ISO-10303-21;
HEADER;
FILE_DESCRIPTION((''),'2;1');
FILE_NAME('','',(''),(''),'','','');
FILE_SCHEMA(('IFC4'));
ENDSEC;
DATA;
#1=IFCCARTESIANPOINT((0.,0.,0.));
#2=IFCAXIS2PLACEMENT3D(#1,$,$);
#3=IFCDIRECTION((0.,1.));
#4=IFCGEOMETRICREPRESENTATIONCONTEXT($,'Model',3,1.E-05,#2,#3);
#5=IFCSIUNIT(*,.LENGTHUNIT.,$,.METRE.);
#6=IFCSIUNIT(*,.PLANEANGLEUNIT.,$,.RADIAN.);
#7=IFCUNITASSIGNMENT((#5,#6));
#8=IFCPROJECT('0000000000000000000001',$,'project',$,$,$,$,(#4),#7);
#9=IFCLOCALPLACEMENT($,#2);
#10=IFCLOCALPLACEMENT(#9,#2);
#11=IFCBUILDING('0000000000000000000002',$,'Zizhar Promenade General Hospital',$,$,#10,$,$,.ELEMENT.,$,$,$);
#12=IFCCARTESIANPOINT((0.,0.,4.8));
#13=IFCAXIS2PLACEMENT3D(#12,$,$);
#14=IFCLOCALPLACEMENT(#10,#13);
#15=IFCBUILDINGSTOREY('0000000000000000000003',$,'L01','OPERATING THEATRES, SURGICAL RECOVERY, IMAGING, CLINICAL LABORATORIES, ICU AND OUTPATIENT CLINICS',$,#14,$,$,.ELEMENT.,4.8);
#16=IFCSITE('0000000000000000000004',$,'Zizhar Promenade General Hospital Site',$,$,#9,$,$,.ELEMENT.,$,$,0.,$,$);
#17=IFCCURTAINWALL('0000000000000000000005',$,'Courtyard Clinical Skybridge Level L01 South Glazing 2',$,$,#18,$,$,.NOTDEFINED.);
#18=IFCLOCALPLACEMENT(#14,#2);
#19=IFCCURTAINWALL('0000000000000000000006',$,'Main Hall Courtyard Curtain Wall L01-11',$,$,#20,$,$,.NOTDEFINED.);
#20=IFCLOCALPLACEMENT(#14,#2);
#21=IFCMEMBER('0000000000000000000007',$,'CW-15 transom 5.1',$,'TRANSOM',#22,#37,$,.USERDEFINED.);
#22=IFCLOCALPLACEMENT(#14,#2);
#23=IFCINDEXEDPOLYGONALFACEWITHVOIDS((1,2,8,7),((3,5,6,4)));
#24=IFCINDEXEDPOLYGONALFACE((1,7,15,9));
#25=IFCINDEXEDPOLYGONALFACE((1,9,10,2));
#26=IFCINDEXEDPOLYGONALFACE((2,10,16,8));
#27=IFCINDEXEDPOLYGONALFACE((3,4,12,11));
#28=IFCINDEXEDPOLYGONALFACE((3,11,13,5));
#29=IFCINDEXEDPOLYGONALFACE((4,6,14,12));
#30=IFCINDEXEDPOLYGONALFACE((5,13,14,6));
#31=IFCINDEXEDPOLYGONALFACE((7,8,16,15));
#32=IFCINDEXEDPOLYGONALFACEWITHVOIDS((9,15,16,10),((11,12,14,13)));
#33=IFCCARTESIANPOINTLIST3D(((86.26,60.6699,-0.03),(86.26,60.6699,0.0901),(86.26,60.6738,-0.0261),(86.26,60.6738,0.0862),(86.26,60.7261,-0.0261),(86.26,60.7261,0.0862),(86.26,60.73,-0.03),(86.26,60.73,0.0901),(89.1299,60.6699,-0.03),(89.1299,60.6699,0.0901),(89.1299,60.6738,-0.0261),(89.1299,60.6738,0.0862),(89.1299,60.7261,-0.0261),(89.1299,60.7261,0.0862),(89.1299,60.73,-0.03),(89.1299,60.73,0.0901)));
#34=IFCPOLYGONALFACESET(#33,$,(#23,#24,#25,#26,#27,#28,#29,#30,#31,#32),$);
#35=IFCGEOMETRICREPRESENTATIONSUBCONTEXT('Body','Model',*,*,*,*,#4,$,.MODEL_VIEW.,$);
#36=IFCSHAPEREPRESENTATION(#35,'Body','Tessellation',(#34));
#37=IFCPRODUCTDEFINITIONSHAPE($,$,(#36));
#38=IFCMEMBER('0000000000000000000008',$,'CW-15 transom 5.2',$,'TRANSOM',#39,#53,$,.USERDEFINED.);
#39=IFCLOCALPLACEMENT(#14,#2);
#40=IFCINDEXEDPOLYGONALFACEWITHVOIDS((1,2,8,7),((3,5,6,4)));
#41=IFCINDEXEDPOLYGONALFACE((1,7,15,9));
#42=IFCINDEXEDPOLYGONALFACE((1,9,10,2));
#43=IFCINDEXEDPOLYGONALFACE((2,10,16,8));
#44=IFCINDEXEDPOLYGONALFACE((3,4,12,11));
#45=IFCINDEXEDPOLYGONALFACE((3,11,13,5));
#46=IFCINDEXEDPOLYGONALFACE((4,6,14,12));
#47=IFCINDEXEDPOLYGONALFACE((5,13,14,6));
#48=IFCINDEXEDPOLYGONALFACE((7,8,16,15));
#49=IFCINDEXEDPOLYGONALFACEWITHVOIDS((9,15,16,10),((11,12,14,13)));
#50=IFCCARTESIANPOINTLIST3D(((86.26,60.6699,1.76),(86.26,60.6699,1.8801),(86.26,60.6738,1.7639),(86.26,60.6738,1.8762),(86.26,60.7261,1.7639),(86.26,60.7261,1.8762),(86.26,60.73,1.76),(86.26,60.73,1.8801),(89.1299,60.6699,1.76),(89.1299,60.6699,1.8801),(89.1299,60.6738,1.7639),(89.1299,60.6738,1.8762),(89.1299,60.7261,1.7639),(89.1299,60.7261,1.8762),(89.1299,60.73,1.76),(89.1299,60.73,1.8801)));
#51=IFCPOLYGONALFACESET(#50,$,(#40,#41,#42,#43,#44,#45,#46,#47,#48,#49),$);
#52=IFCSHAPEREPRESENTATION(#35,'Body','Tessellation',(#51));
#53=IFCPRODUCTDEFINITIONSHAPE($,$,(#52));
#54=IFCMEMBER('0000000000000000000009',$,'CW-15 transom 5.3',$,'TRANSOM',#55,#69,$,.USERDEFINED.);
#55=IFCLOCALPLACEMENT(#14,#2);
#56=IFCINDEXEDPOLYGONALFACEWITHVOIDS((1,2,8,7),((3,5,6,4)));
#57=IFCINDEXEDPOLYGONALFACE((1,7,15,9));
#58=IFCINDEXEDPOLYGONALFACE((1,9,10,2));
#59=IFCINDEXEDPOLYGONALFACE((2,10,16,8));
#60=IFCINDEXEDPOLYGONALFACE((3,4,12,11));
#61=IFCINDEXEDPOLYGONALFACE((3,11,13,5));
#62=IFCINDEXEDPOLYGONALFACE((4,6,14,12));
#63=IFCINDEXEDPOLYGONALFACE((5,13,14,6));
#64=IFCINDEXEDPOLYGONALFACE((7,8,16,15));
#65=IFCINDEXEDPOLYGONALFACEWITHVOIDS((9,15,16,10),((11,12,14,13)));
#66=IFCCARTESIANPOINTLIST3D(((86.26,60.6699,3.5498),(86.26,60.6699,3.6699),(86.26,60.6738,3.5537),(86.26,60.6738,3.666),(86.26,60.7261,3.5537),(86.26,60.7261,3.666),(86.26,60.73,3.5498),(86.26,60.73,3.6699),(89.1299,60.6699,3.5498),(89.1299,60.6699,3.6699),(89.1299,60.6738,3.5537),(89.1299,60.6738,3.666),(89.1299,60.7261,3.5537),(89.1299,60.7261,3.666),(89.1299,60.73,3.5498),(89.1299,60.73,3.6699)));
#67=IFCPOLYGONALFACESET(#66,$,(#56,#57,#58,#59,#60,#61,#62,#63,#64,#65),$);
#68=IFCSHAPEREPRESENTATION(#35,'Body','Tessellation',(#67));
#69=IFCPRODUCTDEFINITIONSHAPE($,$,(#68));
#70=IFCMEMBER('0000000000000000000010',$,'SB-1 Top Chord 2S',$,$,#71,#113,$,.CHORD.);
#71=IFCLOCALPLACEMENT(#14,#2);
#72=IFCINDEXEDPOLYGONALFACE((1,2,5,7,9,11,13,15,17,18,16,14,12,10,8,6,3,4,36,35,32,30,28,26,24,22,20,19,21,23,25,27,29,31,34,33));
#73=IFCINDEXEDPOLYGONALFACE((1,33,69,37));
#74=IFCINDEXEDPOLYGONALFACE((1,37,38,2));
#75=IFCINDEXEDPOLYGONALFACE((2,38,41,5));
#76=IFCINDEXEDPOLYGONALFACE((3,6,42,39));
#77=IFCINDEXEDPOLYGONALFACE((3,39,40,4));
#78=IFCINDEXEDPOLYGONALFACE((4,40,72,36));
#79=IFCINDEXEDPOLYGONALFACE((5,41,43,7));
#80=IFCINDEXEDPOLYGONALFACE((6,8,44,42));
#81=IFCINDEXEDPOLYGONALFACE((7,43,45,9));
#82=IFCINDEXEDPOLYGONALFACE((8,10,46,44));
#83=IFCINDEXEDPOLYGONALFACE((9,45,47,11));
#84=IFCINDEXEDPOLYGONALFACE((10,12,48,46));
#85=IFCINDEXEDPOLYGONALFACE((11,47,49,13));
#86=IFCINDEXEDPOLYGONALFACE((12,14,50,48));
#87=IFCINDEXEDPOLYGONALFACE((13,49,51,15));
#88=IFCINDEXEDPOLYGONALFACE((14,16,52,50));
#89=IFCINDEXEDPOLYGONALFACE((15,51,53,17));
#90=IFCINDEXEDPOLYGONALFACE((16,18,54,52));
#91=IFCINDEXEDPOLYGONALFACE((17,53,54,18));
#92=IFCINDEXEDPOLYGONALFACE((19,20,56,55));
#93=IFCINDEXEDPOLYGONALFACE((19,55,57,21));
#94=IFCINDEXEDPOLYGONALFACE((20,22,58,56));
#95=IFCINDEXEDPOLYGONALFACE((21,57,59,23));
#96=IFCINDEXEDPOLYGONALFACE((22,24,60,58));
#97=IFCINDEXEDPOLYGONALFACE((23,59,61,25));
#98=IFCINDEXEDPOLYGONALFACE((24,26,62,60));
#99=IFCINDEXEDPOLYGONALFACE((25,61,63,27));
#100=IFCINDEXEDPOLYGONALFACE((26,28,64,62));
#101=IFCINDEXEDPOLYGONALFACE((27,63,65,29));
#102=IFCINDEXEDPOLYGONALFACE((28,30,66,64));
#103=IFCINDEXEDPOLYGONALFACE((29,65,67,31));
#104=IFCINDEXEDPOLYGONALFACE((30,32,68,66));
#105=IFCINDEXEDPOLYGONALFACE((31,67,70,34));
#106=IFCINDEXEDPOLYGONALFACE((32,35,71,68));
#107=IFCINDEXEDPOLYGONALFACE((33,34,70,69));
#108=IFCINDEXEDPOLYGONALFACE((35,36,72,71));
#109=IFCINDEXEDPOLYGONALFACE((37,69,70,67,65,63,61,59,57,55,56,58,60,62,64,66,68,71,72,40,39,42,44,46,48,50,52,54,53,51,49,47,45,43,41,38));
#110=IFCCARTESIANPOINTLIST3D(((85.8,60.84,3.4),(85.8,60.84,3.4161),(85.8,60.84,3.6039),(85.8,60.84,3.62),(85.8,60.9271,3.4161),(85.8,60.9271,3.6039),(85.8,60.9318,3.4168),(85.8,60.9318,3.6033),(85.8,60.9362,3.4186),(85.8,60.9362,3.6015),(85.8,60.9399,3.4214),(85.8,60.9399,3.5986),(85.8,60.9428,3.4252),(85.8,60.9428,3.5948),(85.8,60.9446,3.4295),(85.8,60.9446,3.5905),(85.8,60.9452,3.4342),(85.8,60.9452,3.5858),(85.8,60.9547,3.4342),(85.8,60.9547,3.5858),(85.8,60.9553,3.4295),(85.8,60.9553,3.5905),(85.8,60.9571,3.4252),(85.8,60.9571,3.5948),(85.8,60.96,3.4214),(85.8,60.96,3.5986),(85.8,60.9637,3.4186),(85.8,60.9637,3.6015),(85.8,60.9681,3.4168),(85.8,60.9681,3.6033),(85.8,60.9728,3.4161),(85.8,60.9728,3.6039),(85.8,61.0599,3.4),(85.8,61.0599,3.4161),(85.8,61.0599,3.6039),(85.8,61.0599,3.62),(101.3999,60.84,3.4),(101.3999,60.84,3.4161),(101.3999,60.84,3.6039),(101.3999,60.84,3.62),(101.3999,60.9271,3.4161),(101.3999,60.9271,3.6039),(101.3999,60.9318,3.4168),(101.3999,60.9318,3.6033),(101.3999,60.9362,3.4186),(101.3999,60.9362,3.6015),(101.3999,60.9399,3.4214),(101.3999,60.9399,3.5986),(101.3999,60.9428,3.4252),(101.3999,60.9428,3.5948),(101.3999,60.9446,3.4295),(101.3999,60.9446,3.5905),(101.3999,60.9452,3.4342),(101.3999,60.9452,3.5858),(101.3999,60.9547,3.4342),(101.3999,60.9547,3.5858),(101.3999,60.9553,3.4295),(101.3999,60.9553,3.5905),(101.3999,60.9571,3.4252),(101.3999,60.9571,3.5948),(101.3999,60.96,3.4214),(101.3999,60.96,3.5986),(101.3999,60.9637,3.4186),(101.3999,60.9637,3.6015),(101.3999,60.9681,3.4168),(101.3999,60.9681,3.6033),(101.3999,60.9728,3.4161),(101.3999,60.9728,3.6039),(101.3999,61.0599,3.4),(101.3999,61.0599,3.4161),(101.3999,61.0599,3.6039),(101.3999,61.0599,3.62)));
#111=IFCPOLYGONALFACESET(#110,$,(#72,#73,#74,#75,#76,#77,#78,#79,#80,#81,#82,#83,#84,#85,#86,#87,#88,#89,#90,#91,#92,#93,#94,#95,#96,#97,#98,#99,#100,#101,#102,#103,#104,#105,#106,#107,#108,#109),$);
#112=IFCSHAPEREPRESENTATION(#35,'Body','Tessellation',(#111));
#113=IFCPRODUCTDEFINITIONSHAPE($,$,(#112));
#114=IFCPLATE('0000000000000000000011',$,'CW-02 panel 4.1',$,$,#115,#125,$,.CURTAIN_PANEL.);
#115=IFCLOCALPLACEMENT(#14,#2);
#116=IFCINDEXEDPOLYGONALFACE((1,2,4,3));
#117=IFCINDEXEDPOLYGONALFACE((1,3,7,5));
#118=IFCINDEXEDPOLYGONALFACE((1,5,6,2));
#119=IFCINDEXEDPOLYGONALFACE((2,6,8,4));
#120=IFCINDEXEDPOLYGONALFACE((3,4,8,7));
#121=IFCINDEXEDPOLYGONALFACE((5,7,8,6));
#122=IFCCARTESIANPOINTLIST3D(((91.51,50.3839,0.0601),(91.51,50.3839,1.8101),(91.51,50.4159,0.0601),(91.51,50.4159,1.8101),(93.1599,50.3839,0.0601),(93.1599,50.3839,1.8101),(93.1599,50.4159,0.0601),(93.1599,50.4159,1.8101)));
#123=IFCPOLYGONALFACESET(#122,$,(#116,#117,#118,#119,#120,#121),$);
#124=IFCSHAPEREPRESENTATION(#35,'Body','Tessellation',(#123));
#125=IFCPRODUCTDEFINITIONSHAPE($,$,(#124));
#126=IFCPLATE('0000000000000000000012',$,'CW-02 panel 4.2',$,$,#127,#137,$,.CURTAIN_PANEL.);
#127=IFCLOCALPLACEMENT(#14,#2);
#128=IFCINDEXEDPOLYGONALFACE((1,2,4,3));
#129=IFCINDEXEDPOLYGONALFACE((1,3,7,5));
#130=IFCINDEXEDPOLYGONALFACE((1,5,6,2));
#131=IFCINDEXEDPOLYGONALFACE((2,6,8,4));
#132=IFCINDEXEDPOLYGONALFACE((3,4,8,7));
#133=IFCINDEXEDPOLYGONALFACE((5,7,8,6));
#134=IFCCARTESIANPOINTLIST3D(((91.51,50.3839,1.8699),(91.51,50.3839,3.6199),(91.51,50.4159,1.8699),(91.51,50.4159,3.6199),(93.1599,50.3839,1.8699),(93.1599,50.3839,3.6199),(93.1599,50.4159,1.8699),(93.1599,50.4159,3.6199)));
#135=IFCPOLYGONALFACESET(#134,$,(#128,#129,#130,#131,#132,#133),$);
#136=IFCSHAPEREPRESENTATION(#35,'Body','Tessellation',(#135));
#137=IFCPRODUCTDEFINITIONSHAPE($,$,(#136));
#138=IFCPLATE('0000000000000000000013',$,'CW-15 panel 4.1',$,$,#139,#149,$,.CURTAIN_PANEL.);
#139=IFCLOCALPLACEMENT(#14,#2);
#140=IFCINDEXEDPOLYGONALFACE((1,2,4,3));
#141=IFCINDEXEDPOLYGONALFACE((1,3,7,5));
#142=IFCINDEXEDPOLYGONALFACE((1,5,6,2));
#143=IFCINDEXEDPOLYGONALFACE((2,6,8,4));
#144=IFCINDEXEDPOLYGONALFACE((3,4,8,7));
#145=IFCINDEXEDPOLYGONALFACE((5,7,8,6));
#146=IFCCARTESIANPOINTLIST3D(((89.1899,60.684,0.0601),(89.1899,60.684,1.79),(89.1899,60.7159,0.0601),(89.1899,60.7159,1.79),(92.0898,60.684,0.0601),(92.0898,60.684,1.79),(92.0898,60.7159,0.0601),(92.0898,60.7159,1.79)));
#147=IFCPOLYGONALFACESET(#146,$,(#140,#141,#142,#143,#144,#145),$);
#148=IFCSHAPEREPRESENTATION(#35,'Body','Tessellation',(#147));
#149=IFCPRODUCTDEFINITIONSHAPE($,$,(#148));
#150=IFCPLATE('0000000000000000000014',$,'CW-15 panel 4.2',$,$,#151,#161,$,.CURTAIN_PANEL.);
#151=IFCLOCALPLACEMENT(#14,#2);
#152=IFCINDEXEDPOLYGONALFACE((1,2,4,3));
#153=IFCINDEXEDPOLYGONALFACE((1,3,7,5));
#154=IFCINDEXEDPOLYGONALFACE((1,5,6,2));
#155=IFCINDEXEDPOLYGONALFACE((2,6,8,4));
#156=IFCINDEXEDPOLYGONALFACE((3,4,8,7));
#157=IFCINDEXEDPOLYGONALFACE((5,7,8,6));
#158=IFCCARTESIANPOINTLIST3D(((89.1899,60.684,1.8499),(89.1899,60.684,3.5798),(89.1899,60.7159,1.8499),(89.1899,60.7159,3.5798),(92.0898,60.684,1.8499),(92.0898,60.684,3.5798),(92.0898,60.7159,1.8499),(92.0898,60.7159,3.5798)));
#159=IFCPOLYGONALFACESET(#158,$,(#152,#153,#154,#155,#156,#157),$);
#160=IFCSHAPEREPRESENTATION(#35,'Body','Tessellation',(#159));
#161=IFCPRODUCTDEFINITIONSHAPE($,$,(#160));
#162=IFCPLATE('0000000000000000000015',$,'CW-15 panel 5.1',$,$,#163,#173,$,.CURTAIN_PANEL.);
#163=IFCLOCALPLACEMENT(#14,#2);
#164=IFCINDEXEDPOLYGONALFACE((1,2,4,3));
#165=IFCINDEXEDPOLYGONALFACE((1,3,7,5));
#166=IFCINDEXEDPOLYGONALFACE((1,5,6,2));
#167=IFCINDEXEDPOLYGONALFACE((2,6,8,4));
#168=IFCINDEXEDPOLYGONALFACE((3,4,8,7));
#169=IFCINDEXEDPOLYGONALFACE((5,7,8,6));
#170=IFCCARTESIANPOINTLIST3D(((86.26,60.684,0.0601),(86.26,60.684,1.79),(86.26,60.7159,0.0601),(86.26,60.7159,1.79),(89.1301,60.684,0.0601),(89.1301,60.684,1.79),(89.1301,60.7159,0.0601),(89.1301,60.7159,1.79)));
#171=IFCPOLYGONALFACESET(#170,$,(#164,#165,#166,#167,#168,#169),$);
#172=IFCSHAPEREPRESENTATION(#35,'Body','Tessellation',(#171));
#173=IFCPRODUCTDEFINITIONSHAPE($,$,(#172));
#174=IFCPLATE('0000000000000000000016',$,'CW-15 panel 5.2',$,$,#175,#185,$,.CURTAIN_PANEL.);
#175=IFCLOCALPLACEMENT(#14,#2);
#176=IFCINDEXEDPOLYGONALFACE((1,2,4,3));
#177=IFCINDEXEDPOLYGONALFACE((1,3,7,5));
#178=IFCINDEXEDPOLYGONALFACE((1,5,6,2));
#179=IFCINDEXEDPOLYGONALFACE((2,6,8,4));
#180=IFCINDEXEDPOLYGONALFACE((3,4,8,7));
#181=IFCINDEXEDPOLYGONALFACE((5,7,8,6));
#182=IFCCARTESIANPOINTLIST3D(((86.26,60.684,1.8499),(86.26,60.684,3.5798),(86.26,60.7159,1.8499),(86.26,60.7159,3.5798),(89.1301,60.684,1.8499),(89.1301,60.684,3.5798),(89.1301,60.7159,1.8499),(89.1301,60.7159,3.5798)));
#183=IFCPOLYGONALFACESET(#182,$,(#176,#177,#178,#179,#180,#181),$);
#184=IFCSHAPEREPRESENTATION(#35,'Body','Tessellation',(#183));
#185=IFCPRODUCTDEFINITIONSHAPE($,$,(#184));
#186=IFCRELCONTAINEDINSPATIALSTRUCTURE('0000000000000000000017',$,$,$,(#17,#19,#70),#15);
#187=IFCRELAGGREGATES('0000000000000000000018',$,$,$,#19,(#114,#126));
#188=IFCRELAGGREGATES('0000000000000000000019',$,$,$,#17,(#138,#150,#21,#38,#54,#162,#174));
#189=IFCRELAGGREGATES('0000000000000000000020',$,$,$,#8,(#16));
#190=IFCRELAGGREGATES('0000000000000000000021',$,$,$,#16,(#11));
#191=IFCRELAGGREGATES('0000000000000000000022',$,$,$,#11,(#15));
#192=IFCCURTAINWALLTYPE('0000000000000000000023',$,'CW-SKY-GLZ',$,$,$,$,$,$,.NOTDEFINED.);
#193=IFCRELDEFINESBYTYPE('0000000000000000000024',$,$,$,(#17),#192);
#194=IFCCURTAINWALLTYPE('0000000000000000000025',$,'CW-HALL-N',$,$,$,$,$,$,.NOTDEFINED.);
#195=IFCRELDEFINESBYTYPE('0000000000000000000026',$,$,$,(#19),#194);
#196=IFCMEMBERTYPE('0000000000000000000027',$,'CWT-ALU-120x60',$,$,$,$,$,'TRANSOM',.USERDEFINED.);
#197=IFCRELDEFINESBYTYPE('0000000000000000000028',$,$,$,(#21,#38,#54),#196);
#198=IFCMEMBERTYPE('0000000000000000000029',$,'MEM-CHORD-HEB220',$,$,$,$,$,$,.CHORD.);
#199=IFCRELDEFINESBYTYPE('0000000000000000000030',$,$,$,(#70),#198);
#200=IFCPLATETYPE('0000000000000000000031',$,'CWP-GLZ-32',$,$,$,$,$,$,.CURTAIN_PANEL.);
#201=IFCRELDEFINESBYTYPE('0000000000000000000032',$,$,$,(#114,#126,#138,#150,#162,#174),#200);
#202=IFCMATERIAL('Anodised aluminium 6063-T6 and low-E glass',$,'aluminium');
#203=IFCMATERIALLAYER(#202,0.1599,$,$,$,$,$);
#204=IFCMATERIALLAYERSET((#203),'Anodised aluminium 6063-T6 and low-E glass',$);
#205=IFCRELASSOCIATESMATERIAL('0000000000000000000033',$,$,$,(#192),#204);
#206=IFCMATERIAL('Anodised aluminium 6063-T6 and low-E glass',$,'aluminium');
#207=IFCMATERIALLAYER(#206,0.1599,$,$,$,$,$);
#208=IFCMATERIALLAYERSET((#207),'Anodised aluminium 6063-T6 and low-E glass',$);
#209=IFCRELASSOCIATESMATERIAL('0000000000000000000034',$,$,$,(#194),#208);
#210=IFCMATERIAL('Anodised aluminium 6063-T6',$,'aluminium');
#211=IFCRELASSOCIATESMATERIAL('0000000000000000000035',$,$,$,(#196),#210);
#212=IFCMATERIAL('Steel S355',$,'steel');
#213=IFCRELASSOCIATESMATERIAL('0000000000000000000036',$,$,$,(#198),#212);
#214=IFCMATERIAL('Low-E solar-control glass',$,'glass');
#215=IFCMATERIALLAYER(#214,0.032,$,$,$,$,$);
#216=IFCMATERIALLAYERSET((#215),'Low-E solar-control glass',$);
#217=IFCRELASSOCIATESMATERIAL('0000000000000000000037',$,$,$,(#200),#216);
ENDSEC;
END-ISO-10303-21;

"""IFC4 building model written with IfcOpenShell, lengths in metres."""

from ifc_helpers import new_model, si_unit, direction, frame, origin, origin_2d, place, context, subcontext, project, spatial, rectangle, hollow_rectangle, i_section, extrude, material, layer, layer_set, material_profile, profile_set, type_object, element, aggregate, save


model = new_model("IFC4")

# Units and contexts
model_context = context("Model", 3, precision=1e-05, world=origin(), true_north=direction((0.0, 1.0)))
body_context = subcontext(model_context, "Body", "Model", "MODEL_VIEW")
ifc_project = project(units=[si_unit("LENGTHUNIT", "METRE"), si_unit("PLANEANGLEUNIT", "RADIAN")], contexts=[model_context])

# Site, building, storey
site_placement = place(None, origin())
site = spatial("IfcSite", under=ifc_project, at=site_placement, Name="Zizhar Promenade General Hospital Site", CompositionType="ELEMENT", RefElevation=0.0)
building_placement = place(site_placement, origin())
building = spatial("IfcBuilding", under=site, at=building_placement, Name="Zizhar Promenade General Hospital", CompositionType="ELEMENT")
storey_placement = place(building_placement, frame((0.0, 0.0, 4.8)))
storey = spatial("IfcBuildingStorey", under=building, at=storey_placement, Name="L01", Description="OPERATING THEATRES, SURGICAL RECOVERY, IMAGING, CLINICAL LABORATORIES, ICU AND OUTPATIENT CLINICS", CompositionType="ELEMENT", Elevation=4.8)

# Shared definitions
ifc_material_1 = material(Name="Anodised aluminium 6063-T6 and low-E glass", Category="aluminium")
ifc_layer_1 = layer(ifc_material_1, 0.1599)
ifc_layer_set_1 = layer_set([ifc_layer_1], Name="Anodised aluminium 6063-T6 and low-E glass")
curtain_wall_type_1 = type_object("IfcCurtainWallType", Name="CW-SKY-GLZ", PredefinedType="NOTDEFINED", material=ifc_layer_set_1)

# Curtain wall
curtain_wall_1_placement = place(storey_placement, origin())
curtain_wall_1 = element("IfcCurtainWall", 1, at=curtain_wall_1_placement, inside=storey, type_object=curtain_wall_type_1, Name="Courtyard Clinical Skybridge Level L01 South Glazing 2", PredefinedType="NOTDEFINED")

# Curtain wall
ifc_material_2 = material(Name="Anodised aluminium 6063-T6 and low-E glass", Category="aluminium")
ifc_layer_2 = layer(ifc_material_2, 0.1599)
ifc_layer_set_2 = layer_set([ifc_layer_2], Name="Anodised aluminium 6063-T6 and low-E glass")
curtain_wall_type_2 = type_object("IfcCurtainWallType", Name="CW-HALL-N", PredefinedType="NOTDEFINED", material=ifc_layer_set_2)
curtain_wall_2_placement = place(storey_placement, origin())
curtain_wall_2 = element("IfcCurtainWall", 2, at=curtain_wall_2_placement, inside=storey, type_object=curtain_wall_type_2, Name="Main Hall Courtyard Curtain Wall L01-11", PredefinedType="NOTDEFINED")

# Members
ifc_material_3 = material(Name="Anodised aluminium 6063-T6", Category="aluminium")
ifc_material_profile_1 = material_profile(ifc_material_3, hollow_rectangle(XDim=0.0601, YDim=0.1201, WallThickness=0.0039, at=origin_2d()))
ifc_profile_set_1 = profile_set([ifc_material_profile_1], Name="Anodised aluminium 6063-T6")
member_type_1 = type_object("IfcMemberType", Name="CWT-ALU-120x60", ElementType="TRANSOM", PredefinedType="USERDEFINED", material=ifc_profile_set_1)
member_1_placement = place(storey_placement, frame((89.1299, 60.7, 0.03), z_axis=(-1.0, 0.0, 0.0), x_axis=(0.0, -1.0, 0.0)))
member_1 = element("IfcMember", 3, at=member_1_placement, type_object=member_type_1, Name="CW-15 transom 5.1", ObjectType="TRANSOM", PredefinedType="USERDEFINED", context=body_context, shape_type="SweptSolid", body=[
    extrude(hollow_rectangle(XDim=0.0601, YDim=0.1201, WallThickness=0.0039, at=origin_2d()), origin(), (0.0, 0.0, 1.0), 2.8699),
])
member_2_placement = place(storey_placement, frame((89.1299, 60.7, 1.8201), z_axis=(-1.0, 0.0, 0.0), x_axis=(0.0, -1.0, 0.0)))
member_2 = element("IfcMember", 4, at=member_2_placement, type_object=member_type_1, Name="CW-15 transom 5.2", ObjectType="TRANSOM", PredefinedType="USERDEFINED", context=body_context, shape_type="SweptSolid", body=[
    extrude(hollow_rectangle(XDim=0.0601, YDim=0.1201, WallThickness=0.0039, at=origin_2d()), origin(), (0.0, 0.0, 1.0), 2.8699),
])
member_3_placement = place(storey_placement, frame((89.1299, 60.7, 3.6099), z_axis=(-1.0, 0.0, 0.0), x_axis=(0.0, -1.0, 0.0)))
member_3 = element("IfcMember", 5, at=member_3_placement, type_object=member_type_1, Name="CW-15 transom 5.3", ObjectType="TRANSOM", PredefinedType="USERDEFINED", context=body_context, shape_type="SweptSolid", body=[
    extrude(hollow_rectangle(XDim=0.0601, YDim=0.1201, WallThickness=0.0039, at=origin_2d()), origin(), (0.0, 0.0, 1.0), 2.8699),
])
ifc_material_4 = material(Name="Steel S355", Category="steel")
ifc_material_profile_2 = material_profile(ifc_material_4, i_section(OverallWidth=0.22, OverallDepth=0.22, WebThickness=0.0095, FlangeThickness=0.0161, FilletRadius=0.0181, at=origin_2d()))
ifc_profile_set_2 = profile_set([ifc_material_profile_2], Name="Steel S355")
member_type_2 = type_object("IfcMemberType", Name="MEM-CHORD-HEB220", PredefinedType="CHORD", material=ifc_profile_set_2)
member_4_placement = place(storey_placement, frame((85.8, 60.95, 3.51), z_axis=(1.0, 0.0, 0.0), x_axis=(0.0, 1.0, 0.0)))
element("IfcMember", 6, at=member_4_placement, inside=storey, type_object=member_type_2, Name="SB-1 Top Chord 2S", PredefinedType="CHORD", context=body_context, shape_type="SweptSolid", body=[
    extrude(i_section(OverallWidth=0.22, OverallDepth=0.22, WebThickness=0.0095, FlangeThickness=0.0161, FilletRadius=0.0181, at=origin_2d()), origin(), (0.0, 0.0, 1.0), 15.5999),
])

# Plates
ifc_material_5 = material(Name="Low-E solar-control glass", Category="glass")
ifc_layer_3 = layer(ifc_material_5, 0.032)
ifc_layer_set_3 = layer_set([ifc_layer_3], Name="Low-E solar-control glass")
plate_type = type_object("IfcPlateType", Name="CWP-GLZ-32", PredefinedType="CURTAIN_PANEL", material=ifc_layer_set_3)
plate_1_placement = place(storey_placement, frame((92.335, 50.3999, 0.0601), z_axis=(0.0, 0.0, 1.0), x_axis=(1.0, 0.0, 0.0)))
plate_1 = element("IfcPlate", 7, at=plate_1_placement, type_object=plate_type, Name="CW-02 panel 4.1", PredefinedType="CURTAIN_PANEL", context=body_context, shape_type="SweptSolid", body=[
    extrude(rectangle(XDim=1.6499, YDim=0.032, at=origin_2d()), origin(), (0.0, 0.0, 1.0), 1.75),
])
plate_2_placement = place(storey_placement, frame((92.335, 50.3999, 1.8699), z_axis=(0.0, 0.0, 1.0), x_axis=(1.0, 0.0, 0.0)))
plate_2 = element("IfcPlate", 8, at=plate_2_placement, type_object=plate_type, Name="CW-02 panel 4.2", PredefinedType="CURTAIN_PANEL", context=body_context, shape_type="SweptSolid", body=[
    extrude(rectangle(XDim=1.6499, YDim=0.032, at=origin_2d()), origin(), (0.0, 0.0, 1.0), 1.75),
])
aggregate(curtain_wall_2, [plate_1, plate_2])
plate_3_placement = place(storey_placement, frame((90.6399, 60.7, 0.0601), z_axis=(0.0, 0.0, 1.0), x_axis=(-1.0, 0.0, 0.0)))
plate_3 = element("IfcPlate", 9, at=plate_3_placement, type_object=plate_type, Name="CW-15 panel 4.1", PredefinedType="CURTAIN_PANEL", context=body_context, shape_type="SweptSolid", body=[
    extrude(rectangle(XDim=2.8999, YDim=0.032, at=origin_2d()), origin(), (0.0, 0.0, 1.0), 1.73),
])
plate_4_placement = place(storey_placement, frame((90.6399, 60.7, 1.8499), z_axis=(0.0, 0.0, 1.0), x_axis=(-1.0, 0.0, 0.0)))
plate_4 = element("IfcPlate", 10, at=plate_4_placement, type_object=plate_type, Name="CW-15 panel 4.2", PredefinedType="CURTAIN_PANEL", context=body_context, shape_type="SweptSolid", body=[
    extrude(rectangle(XDim=2.8999, YDim=0.032, at=origin_2d()), origin(), (0.0, 0.0, 1.0), 1.73),
])
plate_5_placement = place(storey_placement, frame((87.6951, 60.7, 0.0601), z_axis=(0.0, 0.0, 1.0), x_axis=(-1.0, 0.0, 0.0)))
plate_5 = element("IfcPlate", 11, at=plate_5_placement, type_object=plate_type, Name="CW-15 panel 5.1", PredefinedType="CURTAIN_PANEL", context=body_context, shape_type="SweptSolid", body=[
    extrude(rectangle(XDim=2.8701, YDim=0.032, at=origin_2d()), origin(), (0.0, 0.0, 1.0), 1.73),
])
plate_6_placement = place(storey_placement, frame((87.6951, 60.7, 1.8499), z_axis=(0.0, 0.0, 1.0), x_axis=(-1.0, 0.0, 0.0)))
plate_6 = element("IfcPlate", 12, at=plate_6_placement, type_object=plate_type, Name="CW-15 panel 5.2", PredefinedType="CURTAIN_PANEL", context=body_context, shape_type="SweptSolid", body=[
    extrude(rectangle(XDim=2.8701, YDim=0.032, at=origin_2d()), origin(), (0.0, 0.0, 1.0), 1.73),
])
aggregate(curtain_wall_1, [plate_3, plate_4, member_1, member_2, member_3, plate_5, plate_6])

save(model, "model.ifc")
